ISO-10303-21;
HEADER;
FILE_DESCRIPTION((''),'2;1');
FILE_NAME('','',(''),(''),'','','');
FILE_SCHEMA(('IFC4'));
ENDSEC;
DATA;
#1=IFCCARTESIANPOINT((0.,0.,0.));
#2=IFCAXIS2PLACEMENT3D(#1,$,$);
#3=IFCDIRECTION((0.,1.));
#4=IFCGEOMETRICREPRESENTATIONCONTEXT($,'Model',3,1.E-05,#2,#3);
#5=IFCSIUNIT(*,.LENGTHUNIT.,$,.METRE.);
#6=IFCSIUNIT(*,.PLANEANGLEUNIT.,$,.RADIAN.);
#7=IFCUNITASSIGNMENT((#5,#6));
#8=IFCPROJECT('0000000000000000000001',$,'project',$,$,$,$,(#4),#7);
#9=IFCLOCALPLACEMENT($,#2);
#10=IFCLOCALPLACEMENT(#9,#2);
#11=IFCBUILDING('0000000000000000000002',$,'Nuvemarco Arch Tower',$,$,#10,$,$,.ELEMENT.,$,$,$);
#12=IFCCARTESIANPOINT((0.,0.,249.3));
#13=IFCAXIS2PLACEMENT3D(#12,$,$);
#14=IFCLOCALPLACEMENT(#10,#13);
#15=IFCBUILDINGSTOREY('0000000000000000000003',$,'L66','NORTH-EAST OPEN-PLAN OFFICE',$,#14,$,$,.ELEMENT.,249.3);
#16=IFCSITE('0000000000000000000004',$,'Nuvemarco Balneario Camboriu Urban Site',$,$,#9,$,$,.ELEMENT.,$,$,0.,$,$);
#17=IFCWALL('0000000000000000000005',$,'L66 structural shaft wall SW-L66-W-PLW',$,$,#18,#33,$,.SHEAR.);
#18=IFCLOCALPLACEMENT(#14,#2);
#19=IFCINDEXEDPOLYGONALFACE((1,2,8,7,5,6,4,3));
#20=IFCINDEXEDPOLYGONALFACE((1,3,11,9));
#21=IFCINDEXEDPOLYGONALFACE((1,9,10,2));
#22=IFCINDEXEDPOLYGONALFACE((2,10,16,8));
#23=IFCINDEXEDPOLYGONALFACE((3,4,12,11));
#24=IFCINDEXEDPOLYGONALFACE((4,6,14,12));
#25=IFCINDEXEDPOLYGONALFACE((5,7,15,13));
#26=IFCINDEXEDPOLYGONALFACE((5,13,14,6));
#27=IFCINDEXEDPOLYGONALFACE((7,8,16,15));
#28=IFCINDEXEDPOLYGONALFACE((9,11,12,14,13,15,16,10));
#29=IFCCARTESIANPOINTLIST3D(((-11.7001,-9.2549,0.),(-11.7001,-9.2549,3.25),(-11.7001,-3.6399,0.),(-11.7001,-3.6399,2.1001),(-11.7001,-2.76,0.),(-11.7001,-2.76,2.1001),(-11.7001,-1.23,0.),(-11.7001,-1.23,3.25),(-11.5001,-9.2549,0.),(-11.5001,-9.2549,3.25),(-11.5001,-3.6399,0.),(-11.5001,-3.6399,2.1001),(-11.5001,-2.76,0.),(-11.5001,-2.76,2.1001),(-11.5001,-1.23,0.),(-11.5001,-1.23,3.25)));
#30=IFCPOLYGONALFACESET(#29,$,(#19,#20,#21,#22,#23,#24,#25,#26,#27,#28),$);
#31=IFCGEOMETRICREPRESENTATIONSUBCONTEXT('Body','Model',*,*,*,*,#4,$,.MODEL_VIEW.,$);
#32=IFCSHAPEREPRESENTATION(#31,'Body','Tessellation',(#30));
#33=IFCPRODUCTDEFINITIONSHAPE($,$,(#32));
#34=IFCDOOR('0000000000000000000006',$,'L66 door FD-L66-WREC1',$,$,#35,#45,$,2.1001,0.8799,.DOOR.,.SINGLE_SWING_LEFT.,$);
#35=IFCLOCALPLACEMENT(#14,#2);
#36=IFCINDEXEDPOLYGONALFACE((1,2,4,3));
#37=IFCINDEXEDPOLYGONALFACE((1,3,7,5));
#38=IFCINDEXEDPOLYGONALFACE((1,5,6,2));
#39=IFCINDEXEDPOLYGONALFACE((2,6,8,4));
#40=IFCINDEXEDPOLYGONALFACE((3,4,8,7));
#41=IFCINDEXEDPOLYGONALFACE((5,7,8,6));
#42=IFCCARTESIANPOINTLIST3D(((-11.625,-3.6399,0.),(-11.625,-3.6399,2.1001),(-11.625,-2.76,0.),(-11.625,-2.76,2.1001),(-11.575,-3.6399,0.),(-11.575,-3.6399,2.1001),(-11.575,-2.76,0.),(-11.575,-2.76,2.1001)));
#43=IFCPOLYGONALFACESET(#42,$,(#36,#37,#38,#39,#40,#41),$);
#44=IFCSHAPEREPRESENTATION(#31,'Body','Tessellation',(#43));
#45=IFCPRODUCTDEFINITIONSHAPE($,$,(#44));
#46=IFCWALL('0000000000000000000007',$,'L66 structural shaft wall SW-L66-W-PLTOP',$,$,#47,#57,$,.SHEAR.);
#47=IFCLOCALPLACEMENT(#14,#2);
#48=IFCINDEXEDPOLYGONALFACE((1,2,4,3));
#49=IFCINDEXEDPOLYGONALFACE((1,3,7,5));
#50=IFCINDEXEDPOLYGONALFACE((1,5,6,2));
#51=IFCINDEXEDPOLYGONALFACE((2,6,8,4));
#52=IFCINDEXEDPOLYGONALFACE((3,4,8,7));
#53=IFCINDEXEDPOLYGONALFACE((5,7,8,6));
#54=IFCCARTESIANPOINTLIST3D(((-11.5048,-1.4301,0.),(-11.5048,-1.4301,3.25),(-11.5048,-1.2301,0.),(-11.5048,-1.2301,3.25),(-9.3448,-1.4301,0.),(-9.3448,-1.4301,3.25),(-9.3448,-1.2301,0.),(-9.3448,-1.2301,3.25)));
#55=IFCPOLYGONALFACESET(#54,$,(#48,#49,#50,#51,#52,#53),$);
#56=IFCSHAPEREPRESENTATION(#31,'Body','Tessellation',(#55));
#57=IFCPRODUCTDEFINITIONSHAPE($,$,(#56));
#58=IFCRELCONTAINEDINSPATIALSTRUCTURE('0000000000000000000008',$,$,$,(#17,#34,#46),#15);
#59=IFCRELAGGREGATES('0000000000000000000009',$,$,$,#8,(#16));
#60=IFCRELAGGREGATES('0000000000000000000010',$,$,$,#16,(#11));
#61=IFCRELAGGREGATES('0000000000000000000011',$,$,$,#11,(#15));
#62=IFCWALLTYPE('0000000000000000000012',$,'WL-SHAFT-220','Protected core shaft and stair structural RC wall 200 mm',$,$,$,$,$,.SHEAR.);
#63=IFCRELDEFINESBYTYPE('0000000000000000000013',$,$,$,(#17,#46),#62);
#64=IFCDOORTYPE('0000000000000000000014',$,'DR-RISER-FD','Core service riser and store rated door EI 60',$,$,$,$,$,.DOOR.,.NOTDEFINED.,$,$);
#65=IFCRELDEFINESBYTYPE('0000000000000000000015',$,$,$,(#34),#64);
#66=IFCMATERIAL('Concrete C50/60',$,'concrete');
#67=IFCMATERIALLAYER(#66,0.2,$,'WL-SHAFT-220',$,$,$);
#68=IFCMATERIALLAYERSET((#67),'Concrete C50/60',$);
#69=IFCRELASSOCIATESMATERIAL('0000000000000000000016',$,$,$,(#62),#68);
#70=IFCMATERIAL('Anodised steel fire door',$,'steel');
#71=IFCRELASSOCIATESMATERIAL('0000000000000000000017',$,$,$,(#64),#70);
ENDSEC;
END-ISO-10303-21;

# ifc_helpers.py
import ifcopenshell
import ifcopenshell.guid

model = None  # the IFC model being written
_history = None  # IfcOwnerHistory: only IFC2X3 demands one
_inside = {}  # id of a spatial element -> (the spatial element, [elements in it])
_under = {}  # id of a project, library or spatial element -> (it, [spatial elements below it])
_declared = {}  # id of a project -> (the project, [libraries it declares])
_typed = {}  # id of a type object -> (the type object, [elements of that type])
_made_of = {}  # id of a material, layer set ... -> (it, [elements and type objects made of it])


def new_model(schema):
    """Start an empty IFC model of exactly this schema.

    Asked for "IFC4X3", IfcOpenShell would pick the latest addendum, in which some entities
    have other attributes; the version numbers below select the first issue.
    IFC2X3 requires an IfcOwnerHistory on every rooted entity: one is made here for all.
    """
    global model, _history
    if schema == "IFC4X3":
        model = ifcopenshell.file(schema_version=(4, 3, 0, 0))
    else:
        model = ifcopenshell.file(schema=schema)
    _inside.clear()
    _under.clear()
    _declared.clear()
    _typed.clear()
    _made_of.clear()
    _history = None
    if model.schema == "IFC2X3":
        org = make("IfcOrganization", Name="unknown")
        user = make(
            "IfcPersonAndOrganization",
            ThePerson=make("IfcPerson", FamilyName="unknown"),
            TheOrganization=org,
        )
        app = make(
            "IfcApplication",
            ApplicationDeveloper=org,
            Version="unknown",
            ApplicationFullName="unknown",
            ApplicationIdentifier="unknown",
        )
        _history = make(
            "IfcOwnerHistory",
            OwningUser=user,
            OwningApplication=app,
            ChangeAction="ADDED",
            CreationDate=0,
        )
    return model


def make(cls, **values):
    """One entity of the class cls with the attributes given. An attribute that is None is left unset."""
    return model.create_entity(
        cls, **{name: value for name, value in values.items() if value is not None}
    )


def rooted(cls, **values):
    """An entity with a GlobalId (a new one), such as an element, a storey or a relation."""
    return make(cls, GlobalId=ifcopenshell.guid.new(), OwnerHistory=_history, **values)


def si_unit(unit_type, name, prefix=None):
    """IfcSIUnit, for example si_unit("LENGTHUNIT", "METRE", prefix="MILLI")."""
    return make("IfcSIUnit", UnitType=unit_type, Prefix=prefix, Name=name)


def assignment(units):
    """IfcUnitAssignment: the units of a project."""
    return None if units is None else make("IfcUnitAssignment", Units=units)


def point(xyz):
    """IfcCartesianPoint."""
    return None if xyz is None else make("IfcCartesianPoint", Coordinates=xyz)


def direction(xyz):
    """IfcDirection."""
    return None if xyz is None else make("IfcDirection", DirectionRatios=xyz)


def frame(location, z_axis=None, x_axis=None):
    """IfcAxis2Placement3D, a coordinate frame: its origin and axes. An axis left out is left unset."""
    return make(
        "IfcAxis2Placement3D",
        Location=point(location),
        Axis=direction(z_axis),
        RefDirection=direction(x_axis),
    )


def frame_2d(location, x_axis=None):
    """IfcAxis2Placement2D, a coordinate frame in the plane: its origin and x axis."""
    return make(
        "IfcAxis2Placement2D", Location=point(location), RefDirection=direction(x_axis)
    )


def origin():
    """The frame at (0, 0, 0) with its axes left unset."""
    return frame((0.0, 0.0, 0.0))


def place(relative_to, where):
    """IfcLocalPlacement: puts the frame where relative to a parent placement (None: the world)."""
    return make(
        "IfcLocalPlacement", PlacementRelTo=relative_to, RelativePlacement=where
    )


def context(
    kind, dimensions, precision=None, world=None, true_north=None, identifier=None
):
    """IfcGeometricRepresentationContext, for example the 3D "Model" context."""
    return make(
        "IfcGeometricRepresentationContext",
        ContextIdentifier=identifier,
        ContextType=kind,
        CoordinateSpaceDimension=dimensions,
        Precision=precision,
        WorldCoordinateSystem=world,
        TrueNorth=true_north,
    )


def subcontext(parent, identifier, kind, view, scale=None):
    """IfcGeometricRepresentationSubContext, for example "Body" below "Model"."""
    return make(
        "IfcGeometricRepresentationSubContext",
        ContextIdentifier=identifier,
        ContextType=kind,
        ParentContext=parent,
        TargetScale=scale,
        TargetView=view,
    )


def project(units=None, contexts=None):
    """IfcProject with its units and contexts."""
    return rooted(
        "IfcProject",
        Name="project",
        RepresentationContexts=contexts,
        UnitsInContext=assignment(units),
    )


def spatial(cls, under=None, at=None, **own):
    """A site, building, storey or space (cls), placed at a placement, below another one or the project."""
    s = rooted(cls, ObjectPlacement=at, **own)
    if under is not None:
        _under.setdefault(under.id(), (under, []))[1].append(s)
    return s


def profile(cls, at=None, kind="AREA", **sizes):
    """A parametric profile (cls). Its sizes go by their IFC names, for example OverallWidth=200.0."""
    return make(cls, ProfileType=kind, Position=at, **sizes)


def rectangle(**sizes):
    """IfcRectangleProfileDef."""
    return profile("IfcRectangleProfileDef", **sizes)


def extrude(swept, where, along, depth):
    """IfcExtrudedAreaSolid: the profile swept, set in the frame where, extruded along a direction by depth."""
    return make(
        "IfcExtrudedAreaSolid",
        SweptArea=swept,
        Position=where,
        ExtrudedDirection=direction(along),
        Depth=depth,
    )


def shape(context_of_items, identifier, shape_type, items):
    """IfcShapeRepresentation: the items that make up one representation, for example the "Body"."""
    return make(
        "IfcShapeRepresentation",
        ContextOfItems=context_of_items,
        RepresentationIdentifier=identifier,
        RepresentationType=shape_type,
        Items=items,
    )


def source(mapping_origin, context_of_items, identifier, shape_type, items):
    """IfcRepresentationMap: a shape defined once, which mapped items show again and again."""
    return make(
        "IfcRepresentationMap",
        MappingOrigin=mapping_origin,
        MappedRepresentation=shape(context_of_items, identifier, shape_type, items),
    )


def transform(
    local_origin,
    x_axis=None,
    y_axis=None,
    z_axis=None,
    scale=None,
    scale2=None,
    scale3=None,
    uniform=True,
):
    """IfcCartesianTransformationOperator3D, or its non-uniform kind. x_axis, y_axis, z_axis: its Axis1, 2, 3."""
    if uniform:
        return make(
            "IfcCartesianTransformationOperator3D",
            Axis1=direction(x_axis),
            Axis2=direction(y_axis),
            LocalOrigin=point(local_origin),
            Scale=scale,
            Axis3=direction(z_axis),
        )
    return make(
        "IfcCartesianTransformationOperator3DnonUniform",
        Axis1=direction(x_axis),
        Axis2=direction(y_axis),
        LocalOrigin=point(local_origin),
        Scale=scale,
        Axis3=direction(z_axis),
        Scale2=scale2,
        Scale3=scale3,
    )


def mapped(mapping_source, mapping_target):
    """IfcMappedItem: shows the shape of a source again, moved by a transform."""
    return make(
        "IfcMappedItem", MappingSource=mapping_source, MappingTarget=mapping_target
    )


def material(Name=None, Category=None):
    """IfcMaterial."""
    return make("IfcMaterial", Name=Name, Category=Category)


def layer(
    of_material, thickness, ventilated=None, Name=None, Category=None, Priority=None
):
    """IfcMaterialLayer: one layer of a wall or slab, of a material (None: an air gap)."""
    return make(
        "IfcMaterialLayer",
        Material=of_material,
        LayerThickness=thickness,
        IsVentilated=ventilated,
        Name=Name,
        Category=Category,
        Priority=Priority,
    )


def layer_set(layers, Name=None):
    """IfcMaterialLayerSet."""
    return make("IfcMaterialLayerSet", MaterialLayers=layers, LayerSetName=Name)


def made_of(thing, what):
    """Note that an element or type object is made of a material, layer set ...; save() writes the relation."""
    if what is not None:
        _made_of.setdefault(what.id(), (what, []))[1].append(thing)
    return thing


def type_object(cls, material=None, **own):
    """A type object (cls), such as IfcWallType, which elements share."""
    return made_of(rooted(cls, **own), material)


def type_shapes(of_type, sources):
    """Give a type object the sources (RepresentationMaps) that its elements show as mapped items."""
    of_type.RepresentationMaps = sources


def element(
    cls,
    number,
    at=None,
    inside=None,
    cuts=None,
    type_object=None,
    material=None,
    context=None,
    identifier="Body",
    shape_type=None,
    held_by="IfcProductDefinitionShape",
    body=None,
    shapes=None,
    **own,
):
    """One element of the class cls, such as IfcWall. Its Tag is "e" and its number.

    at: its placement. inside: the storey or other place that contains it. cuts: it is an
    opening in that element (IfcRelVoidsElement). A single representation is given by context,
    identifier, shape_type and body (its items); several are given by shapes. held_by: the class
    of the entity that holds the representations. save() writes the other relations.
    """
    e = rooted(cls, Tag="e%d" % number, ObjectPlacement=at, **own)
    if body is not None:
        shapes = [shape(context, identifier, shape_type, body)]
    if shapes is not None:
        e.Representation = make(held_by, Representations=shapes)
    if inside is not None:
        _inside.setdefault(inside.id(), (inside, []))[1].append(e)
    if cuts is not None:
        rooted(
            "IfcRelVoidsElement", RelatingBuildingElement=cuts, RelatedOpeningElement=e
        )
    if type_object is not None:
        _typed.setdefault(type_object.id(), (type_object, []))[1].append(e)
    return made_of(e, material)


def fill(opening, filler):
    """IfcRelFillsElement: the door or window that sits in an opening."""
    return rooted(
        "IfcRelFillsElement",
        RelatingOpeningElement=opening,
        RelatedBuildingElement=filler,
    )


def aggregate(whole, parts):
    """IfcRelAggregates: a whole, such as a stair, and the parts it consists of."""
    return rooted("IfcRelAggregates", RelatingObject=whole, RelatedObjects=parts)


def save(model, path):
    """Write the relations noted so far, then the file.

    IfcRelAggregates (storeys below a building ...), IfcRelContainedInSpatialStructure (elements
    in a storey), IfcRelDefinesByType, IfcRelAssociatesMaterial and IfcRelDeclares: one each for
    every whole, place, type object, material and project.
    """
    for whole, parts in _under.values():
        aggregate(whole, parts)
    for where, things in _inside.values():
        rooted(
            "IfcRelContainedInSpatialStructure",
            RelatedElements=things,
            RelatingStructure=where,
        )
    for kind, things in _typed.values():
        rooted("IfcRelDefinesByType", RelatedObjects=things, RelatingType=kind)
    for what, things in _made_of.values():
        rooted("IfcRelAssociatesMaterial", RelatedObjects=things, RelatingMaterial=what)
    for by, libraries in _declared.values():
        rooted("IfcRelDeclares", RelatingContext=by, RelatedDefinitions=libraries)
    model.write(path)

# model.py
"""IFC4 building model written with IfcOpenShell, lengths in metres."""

from ifc_helpers import new_model, si_unit, direction, frame, frame_2d, origin, place, context, subcontext, project, spatial, rectangle, extrude, source, transform, mapped, material, layer, layer_set, type_object, type_shapes, element, fill, save


model = new_model("IFC4")

# Units and contexts
model_context = context("Model", 3, precision=1e-05, world=origin(), true_north=direction((0.0, 1.0)))
body_context = subcontext(model_context, "Body", "Model", "MODEL_VIEW")
ifc_project = project(units=[si_unit("LENGTHUNIT", "METRE"), si_unit("PLANEANGLEUNIT", "RADIAN")], contexts=[model_context])

# Site, building, storey
site_placement = place(None, origin())
site = spatial("IfcSite", under=ifc_project, at=site_placement, Name="Nuvemarco Balneario Camboriu Urban Site", CompositionType="ELEMENT", RefElevation=0.0)
building_placement = place(site_placement, origin())
building = spatial("IfcBuilding", under=site, at=building_placement, Name="Nuvemarco Arch Tower", CompositionType="ELEMENT")
storey_placement = place(building_placement, frame((0.0, 0.0, 249.3)))
storey = spatial("IfcBuildingStorey", under=building, at=storey_placement, Name="L66", Description="NORTH-EAST OPEN-PLAN OFFICE", CompositionType="ELEMENT", Elevation=249.3)

# Shared definitions
ifc_material_1 = material(Name="Concrete C50/60", Category="concrete")

# Shared definitions
ifc_material_2 = material(Name="Anodised steel fire door", Category="steel")

# Shared definitions
ifc_layer_1 = layer(ifc_material_1, 0.2, Name="WL-SHAFT-220")
ifc_layer_set_1 = layer_set([ifc_layer_1], Name="Concrete C50/60")
wall_type_1 = type_object("IfcWallType", Name="WL-SHAFT-220", Description="Protected core shaft and stair structural RC wall 200 mm", PredefinedType="SHEAR", material=ifc_layer_set_1)

# Shared definitions
door_type_1 = type_object("IfcDoorType", Name="DR-RISER-FD", Description="Core service riser and store rated door EI 60", OperationType="NOTDEFINED", PredefinedType="DOOR", material=ifc_material_2)
shared_shape_1 = source(origin(), body_context, "Body", "SweptSolid", [
    extrude(rectangle(XDim=0.8799, YDim=2.1001, at=frame_2d((0.4399, 1.05))), frame((0.0, 0.0249, 0.0), z_axis=(0.0, -1.0, 0.0), x_axis=(1.0, 0.0, 0.0)), (0.0, 0.0, 1.0), 0.05),
])
type_shapes(door_type_1, [shared_shape_1])

# Wall, opening, door
wall_1_placement = place(storey_placement, frame((-11.6001, -9.2549, 0.0), z_axis=(0.0, 0.0, 1.0), x_axis=(0.0, 1.0, 0.0)))
wall_1 = element("IfcWall", 1, at=wall_1_placement, inside=storey, type_object=wall_type_1, Name="L66 structural shaft wall SW-L66-W-PLW", PredefinedType="SHEAR", context=body_context, shape_type="SweptSolid", body=[
    extrude(rectangle(XDim=8.0249, YDim=0.2, at=frame_2d((4.0125, 0.0))), origin(), (0.0, 0.0, 1.0), 3.25),
])
opening_1_placement = place(wall_1_placement, frame((5.615, 0.0, 0.0)))
opening_1 = element("IfcOpeningElement", 2, at=opening_1_placement, cuts=wall_1, PredefinedType="OPENING", context=body_context, shape_type="SweptSolid", body=[
    extrude(rectangle(XDim=0.8799, YDim=2.1001, at=frame_2d((0.4399, 1.05))), frame((0.0, 0.1099, 0.0), z_axis=(0.0, -1.0, 0.0), x_axis=(1.0, 0.0, 0.0)), (0.0, 0.0, 1.0), 0.22),
])
door_1_placement = place(opening_1_placement, origin())
door_1 = element("IfcDoor", 3, at=door_1_placement, inside=storey, type_object=door_type_1, Name="L66 door FD-L66-WREC1", OperationType="SINGLE_SWING_LEFT", OverallHeight=2.1001, OverallWidth=0.8799, PredefinedType="DOOR", context=body_context, shape_type="MappedRepresentation", body=[
    mapped(shared_shape_1, transform((0.0, 0.0, 0.0), scale=1.0)),
])
fill(opening_1, door_1)

# Wall
wall_2_placement = place(storey_placement, frame((-11.5049, -1.3301, 0.0), z_axis=(0.0, 0.0, 1.0), x_axis=(1.0, 0.0, 0.0)))
element("IfcWall", 4, at=wall_2_placement, inside=storey, type_object=wall_type_1, Name="L66 structural shaft wall SW-L66-W-PLTOP", PredefinedType="SHEAR", context=body_context, shape_type="SweptSolid", body=[
    extrude(rectangle(XDim=2.1599, YDim=0.2, at=frame_2d((1.0801, 0.0))), origin(), (0.0, 0.0, 1.0), 3.25),
])

save(model, "model.ifc")
